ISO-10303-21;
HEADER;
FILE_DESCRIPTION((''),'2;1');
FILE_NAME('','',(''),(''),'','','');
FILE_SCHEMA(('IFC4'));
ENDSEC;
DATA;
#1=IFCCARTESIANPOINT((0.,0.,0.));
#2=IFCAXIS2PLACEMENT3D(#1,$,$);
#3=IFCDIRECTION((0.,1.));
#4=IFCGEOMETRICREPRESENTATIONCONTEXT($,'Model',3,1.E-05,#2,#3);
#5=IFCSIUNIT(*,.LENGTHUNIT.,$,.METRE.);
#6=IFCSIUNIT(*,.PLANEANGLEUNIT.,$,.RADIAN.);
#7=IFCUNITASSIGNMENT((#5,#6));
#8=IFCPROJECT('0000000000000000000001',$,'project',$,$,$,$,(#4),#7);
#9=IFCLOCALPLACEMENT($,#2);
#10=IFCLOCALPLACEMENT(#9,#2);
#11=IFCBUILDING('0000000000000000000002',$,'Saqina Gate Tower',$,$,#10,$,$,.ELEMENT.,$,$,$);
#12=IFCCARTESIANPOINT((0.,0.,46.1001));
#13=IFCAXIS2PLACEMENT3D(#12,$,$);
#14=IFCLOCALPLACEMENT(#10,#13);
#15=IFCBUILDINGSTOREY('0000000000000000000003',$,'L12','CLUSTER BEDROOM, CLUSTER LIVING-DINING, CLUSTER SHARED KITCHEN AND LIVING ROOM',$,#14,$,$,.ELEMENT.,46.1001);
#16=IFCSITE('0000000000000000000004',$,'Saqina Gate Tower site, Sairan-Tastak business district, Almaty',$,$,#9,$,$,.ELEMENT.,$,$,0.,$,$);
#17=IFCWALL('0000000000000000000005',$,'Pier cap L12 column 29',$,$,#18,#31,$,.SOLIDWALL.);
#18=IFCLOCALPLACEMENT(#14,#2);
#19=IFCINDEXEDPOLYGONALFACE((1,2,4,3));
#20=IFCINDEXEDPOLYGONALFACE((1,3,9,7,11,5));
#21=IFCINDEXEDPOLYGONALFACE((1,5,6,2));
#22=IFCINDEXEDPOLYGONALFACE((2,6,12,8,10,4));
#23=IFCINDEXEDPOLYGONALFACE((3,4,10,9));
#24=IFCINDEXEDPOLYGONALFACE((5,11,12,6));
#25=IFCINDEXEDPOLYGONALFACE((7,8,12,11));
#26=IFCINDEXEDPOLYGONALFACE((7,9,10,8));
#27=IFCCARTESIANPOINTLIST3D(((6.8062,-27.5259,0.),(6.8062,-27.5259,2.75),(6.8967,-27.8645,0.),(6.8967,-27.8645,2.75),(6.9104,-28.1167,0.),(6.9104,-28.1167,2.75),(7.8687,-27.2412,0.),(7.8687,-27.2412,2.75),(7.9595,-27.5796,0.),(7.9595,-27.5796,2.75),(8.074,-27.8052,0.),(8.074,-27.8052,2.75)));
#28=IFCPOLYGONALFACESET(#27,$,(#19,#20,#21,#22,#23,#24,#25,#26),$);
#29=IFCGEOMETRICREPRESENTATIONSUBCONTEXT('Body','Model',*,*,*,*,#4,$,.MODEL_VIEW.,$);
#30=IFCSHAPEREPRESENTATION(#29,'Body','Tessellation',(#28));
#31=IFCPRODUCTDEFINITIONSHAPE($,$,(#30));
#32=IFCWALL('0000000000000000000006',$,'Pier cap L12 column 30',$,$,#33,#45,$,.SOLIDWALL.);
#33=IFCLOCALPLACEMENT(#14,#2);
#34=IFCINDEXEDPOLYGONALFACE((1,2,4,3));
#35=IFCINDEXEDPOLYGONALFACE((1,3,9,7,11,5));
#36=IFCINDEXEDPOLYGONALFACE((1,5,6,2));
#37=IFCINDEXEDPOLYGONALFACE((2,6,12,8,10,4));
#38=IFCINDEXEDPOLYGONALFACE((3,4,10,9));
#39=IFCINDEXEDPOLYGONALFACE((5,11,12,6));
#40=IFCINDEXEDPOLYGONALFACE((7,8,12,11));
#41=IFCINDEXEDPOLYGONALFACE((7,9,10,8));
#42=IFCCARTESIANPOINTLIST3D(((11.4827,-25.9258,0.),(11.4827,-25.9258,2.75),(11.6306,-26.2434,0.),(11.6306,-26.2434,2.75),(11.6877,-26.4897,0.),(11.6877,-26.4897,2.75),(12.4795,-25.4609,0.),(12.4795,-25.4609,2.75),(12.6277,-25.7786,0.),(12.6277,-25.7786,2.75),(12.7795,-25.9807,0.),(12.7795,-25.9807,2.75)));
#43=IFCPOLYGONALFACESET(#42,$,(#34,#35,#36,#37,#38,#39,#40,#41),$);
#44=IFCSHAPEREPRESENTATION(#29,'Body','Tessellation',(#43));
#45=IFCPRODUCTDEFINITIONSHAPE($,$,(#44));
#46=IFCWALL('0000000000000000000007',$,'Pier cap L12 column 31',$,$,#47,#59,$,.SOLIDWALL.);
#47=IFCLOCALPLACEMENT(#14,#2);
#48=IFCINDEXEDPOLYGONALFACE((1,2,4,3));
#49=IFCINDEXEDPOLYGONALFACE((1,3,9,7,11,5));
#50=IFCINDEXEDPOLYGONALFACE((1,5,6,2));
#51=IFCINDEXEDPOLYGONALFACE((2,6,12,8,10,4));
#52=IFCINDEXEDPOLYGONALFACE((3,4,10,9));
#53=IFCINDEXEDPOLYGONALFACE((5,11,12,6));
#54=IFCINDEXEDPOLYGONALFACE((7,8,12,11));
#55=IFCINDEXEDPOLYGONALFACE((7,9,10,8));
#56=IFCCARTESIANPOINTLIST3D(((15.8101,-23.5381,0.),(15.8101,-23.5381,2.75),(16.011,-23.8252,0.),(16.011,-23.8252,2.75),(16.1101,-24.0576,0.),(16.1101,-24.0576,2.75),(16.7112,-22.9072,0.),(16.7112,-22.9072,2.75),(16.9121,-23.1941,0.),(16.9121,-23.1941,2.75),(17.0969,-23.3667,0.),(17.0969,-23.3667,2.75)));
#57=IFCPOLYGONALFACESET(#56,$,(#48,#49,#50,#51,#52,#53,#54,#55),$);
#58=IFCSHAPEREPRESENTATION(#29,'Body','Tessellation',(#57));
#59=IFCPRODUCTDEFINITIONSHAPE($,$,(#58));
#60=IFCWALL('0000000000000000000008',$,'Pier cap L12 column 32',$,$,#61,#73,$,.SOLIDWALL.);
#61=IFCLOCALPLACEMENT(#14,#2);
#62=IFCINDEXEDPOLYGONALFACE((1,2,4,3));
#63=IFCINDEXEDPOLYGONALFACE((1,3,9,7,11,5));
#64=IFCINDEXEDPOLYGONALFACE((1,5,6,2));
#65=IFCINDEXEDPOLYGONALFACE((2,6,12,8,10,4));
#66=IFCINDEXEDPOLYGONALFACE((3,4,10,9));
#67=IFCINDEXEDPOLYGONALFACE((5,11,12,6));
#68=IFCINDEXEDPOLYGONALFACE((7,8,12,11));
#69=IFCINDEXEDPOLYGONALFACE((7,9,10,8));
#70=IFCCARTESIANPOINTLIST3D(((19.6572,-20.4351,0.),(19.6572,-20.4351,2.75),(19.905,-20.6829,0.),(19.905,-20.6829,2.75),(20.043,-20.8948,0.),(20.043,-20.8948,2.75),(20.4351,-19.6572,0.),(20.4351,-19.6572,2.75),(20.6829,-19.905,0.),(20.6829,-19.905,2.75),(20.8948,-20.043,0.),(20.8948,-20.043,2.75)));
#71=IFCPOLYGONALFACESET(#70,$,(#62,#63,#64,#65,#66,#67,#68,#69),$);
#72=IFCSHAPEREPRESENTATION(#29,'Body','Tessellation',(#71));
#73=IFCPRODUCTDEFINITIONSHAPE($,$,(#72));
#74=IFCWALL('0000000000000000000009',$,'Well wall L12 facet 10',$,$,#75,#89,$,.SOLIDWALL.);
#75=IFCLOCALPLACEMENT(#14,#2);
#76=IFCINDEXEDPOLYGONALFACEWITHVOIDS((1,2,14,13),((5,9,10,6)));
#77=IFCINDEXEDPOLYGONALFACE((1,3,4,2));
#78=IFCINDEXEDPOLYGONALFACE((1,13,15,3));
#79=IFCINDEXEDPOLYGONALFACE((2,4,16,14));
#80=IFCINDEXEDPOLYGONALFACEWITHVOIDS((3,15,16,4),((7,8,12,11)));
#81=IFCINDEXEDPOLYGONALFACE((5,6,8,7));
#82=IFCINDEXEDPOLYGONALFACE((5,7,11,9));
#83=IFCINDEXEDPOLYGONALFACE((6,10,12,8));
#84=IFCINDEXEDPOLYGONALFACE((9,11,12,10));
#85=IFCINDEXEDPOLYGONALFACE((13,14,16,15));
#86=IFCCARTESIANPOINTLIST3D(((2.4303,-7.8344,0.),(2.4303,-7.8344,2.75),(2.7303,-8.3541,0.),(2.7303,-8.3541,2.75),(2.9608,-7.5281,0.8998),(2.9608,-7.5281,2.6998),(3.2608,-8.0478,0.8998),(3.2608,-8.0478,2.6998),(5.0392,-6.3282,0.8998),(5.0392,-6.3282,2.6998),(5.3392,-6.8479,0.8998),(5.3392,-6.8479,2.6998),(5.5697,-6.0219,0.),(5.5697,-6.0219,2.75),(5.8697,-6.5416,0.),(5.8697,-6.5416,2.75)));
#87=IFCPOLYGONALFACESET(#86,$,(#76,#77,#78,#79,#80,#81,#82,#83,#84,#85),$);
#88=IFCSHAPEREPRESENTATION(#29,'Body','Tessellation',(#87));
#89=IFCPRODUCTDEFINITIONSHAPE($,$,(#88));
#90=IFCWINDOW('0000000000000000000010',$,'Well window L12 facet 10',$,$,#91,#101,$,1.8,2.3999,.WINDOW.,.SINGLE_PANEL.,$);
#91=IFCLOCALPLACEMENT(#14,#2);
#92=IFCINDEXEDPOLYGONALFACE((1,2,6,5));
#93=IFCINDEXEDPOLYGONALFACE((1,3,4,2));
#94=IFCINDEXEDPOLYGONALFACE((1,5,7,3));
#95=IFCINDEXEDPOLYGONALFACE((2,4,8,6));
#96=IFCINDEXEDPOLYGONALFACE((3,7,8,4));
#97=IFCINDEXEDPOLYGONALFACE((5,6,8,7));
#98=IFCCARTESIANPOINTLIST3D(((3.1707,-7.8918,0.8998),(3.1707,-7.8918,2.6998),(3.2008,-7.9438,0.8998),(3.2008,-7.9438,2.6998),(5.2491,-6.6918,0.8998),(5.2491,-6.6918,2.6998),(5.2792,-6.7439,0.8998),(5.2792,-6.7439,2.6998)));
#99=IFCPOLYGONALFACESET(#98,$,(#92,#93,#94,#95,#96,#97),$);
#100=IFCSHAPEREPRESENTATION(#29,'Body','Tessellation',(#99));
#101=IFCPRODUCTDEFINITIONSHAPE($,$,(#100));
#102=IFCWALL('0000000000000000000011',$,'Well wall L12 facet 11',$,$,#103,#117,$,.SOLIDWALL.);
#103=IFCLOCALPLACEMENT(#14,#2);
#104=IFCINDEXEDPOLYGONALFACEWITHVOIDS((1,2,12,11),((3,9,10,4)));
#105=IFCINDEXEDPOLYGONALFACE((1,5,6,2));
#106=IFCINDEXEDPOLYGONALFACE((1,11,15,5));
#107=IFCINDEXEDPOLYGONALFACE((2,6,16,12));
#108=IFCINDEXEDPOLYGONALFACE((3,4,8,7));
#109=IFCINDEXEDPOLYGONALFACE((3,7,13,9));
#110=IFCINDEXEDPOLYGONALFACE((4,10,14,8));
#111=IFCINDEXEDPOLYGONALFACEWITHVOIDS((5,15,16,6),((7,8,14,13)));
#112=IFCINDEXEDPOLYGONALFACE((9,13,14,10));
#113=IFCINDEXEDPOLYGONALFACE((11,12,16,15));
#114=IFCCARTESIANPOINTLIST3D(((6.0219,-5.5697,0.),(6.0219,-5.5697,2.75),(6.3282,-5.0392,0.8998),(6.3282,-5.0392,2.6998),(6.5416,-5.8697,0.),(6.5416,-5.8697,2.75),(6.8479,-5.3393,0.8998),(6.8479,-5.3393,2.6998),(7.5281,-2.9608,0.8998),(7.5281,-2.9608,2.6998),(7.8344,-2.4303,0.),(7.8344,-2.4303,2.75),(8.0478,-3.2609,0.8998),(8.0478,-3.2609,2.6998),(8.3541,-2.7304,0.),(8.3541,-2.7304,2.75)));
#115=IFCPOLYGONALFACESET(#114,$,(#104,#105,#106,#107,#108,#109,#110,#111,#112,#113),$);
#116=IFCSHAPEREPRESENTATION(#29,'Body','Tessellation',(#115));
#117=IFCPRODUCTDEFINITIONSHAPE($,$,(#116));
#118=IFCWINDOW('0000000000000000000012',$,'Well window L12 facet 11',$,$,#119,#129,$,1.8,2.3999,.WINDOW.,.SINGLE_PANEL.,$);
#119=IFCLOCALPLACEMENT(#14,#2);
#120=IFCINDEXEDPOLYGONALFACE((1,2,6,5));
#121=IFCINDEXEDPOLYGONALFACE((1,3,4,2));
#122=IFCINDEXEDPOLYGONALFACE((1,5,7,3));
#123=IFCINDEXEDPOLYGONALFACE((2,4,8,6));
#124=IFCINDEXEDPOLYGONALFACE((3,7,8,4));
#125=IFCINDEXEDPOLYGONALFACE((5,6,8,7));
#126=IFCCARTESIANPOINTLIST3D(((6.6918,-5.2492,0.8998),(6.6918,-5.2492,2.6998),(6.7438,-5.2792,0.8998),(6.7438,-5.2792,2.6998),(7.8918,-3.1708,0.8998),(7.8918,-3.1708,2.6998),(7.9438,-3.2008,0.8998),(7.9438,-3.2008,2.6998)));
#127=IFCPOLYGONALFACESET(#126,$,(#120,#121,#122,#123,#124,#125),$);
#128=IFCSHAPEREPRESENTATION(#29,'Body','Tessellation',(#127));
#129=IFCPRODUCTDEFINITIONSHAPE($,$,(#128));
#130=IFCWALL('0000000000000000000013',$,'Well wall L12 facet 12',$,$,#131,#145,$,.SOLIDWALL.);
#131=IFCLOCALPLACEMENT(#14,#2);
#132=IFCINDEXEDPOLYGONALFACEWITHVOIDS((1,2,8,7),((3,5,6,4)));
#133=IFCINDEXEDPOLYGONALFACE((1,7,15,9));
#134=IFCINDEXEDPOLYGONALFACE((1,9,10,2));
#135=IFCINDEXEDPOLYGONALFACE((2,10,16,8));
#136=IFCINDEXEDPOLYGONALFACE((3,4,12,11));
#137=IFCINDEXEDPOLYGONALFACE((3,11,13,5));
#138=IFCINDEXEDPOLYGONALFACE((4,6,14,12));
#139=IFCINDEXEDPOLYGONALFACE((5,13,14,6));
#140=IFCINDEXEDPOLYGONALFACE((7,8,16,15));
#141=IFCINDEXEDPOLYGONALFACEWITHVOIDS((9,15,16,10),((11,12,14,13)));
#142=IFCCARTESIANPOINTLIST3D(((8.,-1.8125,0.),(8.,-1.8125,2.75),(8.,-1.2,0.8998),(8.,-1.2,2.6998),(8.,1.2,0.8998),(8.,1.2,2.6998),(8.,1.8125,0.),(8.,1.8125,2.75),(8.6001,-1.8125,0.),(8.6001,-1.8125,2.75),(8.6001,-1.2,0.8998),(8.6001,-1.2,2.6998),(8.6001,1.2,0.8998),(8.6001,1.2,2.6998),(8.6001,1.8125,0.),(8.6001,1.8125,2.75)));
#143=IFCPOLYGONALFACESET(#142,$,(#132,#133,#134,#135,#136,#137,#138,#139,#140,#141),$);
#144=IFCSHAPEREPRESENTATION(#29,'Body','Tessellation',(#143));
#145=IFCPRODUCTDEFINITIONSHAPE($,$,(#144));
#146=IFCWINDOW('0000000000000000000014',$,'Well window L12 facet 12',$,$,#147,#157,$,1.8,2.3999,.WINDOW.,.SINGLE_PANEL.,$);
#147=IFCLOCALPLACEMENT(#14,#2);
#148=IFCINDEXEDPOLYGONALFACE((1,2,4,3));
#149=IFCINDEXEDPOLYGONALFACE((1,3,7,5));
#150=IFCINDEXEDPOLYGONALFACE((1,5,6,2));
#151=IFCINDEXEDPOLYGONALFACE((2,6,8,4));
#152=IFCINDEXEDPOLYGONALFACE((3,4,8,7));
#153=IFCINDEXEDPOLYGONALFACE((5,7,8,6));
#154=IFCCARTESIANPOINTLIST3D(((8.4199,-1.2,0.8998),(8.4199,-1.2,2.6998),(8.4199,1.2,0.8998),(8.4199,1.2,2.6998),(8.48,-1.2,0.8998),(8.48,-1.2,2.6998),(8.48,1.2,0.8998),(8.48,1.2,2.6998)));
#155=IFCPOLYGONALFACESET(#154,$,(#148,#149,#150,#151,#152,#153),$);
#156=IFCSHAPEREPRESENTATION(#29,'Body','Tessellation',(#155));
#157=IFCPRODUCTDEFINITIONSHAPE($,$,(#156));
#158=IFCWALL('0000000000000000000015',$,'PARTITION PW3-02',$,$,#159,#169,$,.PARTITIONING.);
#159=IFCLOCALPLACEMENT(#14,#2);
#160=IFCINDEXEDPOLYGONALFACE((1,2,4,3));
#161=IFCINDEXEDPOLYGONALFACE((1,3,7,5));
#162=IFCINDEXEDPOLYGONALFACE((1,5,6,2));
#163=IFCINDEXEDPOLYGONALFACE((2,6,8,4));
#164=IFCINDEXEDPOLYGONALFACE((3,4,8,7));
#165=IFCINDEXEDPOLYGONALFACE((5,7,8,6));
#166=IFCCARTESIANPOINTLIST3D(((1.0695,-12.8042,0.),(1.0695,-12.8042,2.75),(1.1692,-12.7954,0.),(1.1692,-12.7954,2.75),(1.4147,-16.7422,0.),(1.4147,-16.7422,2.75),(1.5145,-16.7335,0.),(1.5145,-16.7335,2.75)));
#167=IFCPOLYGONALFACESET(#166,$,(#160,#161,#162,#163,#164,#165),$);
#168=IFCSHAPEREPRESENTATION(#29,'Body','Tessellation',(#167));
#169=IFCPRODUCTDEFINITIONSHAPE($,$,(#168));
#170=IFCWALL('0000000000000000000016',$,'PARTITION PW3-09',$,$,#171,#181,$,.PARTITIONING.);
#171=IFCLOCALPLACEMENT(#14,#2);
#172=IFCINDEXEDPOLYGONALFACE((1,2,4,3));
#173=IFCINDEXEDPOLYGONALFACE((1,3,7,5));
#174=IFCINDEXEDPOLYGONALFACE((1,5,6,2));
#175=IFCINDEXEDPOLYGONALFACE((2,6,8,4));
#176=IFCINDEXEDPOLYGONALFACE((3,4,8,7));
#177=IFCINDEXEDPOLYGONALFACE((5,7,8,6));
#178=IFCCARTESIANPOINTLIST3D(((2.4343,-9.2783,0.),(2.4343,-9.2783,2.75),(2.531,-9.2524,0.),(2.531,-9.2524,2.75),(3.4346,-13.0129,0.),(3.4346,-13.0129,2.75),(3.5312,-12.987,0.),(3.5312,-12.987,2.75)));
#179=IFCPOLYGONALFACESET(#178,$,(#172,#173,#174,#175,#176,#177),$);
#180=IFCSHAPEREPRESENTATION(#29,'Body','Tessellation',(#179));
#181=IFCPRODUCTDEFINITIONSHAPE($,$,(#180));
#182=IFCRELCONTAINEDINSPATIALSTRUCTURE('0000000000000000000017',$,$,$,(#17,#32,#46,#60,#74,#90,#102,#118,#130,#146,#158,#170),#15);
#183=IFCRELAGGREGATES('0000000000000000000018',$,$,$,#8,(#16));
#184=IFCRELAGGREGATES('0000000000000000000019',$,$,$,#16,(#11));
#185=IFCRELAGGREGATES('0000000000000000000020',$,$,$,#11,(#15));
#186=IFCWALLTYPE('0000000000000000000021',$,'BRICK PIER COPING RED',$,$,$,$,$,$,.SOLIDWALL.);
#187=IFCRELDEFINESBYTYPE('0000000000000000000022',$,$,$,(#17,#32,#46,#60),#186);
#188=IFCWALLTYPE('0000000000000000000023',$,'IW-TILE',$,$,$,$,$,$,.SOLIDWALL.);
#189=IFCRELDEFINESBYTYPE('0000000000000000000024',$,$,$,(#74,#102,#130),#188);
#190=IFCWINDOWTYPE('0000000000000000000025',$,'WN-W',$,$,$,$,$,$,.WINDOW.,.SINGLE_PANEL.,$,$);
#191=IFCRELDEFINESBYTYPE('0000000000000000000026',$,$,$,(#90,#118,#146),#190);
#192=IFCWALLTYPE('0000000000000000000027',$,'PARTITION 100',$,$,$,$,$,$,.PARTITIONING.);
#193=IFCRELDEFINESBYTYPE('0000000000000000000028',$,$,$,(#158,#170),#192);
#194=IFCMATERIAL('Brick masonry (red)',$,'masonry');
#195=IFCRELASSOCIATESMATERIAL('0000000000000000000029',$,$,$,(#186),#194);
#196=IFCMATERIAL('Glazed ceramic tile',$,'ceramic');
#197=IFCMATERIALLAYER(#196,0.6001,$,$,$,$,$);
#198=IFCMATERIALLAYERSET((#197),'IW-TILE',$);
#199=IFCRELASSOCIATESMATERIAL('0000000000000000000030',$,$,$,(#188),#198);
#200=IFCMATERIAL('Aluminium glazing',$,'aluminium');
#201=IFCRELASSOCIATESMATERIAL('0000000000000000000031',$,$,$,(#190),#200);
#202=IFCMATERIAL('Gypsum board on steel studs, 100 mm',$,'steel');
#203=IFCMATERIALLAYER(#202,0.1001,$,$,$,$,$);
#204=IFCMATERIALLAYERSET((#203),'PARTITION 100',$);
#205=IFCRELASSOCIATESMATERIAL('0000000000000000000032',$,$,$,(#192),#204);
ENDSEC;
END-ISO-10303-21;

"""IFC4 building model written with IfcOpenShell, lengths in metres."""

from ifc_helpers import new_model, si_unit, direction, frame, frame_2d, origin, place, context, subcontext, project, spatial, polyline, rectangle, outline, extrude, material, layer, layer_set, type_object, element, fill, save


model = new_model("IFC4")

# Units and contexts
model_context = context("Model", 3, precision=1e-05, world=origin(), true_north=direction((0.0, 1.0)))
body_context = subcontext(model_context, "Body", "Model", "MODEL_VIEW")
ifc_project = project(units=[si_unit("LENGTHUNIT", "METRE"), si_unit("PLANEANGLEUNIT", "RADIAN")], contexts=[model_context])

# Site, building, storey
site_placement = place(None, origin())
site = spatial("IfcSite", under=ifc_project, at=site_placement, Name="Saqina Gate Tower site, Sairan-Tastak business district, Almaty", CompositionType="ELEMENT", RefElevation=0.0)
building_placement = place(site_placement, origin())
building = spatial("IfcBuilding", under=site, at=building_placement, Name="Saqina Gate Tower", CompositionType="ELEMENT")
storey_placement = place(building_placement, frame((0.0, 0.0, 46.1001)))
storey = spatial("IfcBuildingStorey", under=building, at=storey_placement, Name="L12", Description="CLUSTER BEDROOM, CLUSTER LIVING-DINING, CLUSTER SHARED KITCHEN AND LIVING ROOM", CompositionType="ELEMENT", Elevation=46.1001)

# Walls
ifc_material_1 = material(Name="Brick masonry (red)", Category="masonry")
wall_type_1 = type_object("IfcWallType", Name="BRICK PIER COPING RED", PredefinedType="SOLIDWALL", material=ifc_material_1)
wall_1_placement = place(storey_placement, origin())
element("IfcWall", 1, at=wall_1_placement, inside=storey, type_object=wall_type_1, Name="Pier cap L12 column 29", PredefinedType="SOLIDWALL", context=body_context, shape_type="SweptSolid", body=[
    extrude(outline(polyline([(6.9104, -28.1167), (8.074, -27.8052), (7.8687, -27.2412), (7.9595, -27.5796), (6.8967, -27.8645), (6.8062, -27.5259), (6.9104, -28.1167)])), origin(), (0.0, 0.0, 1.0), 2.75),
])
wall_2_placement = place(storey_placement, origin())
element("IfcWall", 2, at=wall_2_placement, inside=storey, type_object=wall_type_1, Name="Pier cap L12 column 30", PredefinedType="SOLIDWALL", context=body_context, shape_type="SweptSolid", body=[
    extrude(outline(polyline([(12.7795, -25.9807), (12.4795, -25.4609), (12.6277, -25.7786), (11.6306, -26.2434), (11.4827, -25.9258), (11.6877, -26.4897), (12.7795, -25.9807)])), origin(), (0.0, 0.0, 1.0), 2.75),
])
wall_3_placement = place(storey_placement, origin())
element("IfcWall", 3, at=wall_3_placement, inside=storey, type_object=wall_type_1, Name="Pier cap L12 column 31", PredefinedType="SOLIDWALL", context=body_context, shape_type="SweptSolid", body=[
    extrude(outline(polyline([(16.1101, -24.0576), (17.0969, -23.3667), (16.7112, -22.9072), (16.9121, -23.1941), (16.011, -23.8252), (15.8101, -23.5381), (16.1101, -24.0576)])), origin(), (0.0, 0.0, 1.0), 2.75),
])
wall_4_placement = place(storey_placement, origin())
element("IfcWall", 4, at=wall_4_placement, inside=storey, type_object=wall_type_1, Name="Pier cap L12 column 32", PredefinedType="SOLIDWALL", context=body_context, shape_type="SweptSolid", body=[
    extrude(outline(polyline([(20.8948, -20.043), (20.4351, -19.6572), (20.6829, -19.905), (19.905, -20.6829), (19.6572, -20.4351), (20.043, -20.8948), (20.8948, -20.043)])), origin(), (0.0, 0.0, 1.0), 2.75),
])

# Walls, openings, windows
ifc_material_2 = material(Name="Glazed ceramic tile", Category="ceramic")
ifc_layer_1 = layer(ifc_material_2, 0.6001)
ifc_layer_set_1 = layer_set([ifc_layer_1], Name="IW-TILE")
wall_type_2 = type_object("IfcWallType", Name="IW-TILE", PredefinedType="SOLIDWALL", material=ifc_layer_set_1)
wall_5_placement = place(storey_placement, frame((2.5803, -8.0942, 0.0), z_axis=(0.0, 0.0, 1.0), x_axis=(0.86603, 0.499993, 0.0)))
wall_5 = element("IfcWall", 5, at=wall_5_placement, inside=storey, type_object=wall_type_2, Name="Well wall L12 facet 10", PredefinedType="SOLIDWALL", context=body_context, shape_type="SweptSolid", body=[
    extrude(rectangle(XDim=3.625, YDim=0.6001, at=frame_2d((1.8125, 0.0))), origin(), (0.0, 0.0, 1.0), 2.75),
])
opening_1_placement = place(wall_5_placement, frame((0.6125, 0.0, 0.8999)))
opening_1 = element("IfcOpeningElement", 6, at=opening_1_placement, cuts=wall_5, PredefinedType="OPENING", context=body_context, shape_type="SweptSolid", body=[
    extrude(rectangle(XDim=2.3999, YDim=1.8, at=frame_2d((1.2, 0.8999))), frame((0.0, 0.312, 0.0), z_axis=(0.0, -1.0, 0.0), x_axis=(1.0, 0.0, 0.0)), (0.0, 0.0, 1.0), 0.624),
])
ifc_material_3 = material(Name="Aluminium glazing", Category="aluminium")
window_type = type_object("IfcWindowType", Name="WN-W", PartitioningType="SINGLE_PANEL", PredefinedType="WINDOW", material=ifc_material_3)
window_1_placement = place(opening_1_placement, origin())
window_1 = element("IfcWindow", 7, at=window_1_placement, inside=storey, type_object=window_type, Name="Well window L12 facet 10", OverallHeight=1.8, OverallWidth=2.3999, PartitioningType="SINGLE_PANEL", PredefinedType="WINDOW", context=body_context, shape_type="SweptSolid", body=[
    extrude(rectangle(XDim=2.3999, YDim=1.8, at=frame_2d((1.2, 0.8999))), frame((0.0, -0.1199, 0.0), z_axis=(0.0, -1.0, 0.0), x_axis=(1.0, 0.0, 0.0)), (0.0, 0.0, 1.0), 0.0601),
])
fill(opening_1, window_1)
wall_6_placement = place(storey_placement, frame((6.2817, -5.7197, 0.0), z_axis=(0.0, 0.0, 1.0), x_axis=(0.499993, 0.86603, 0.0)))
wall_6 = element("IfcWall", 8, at=wall_6_placement, inside=storey, type_object=wall_type_2, Name="Well wall L12 facet 11", PredefinedType="SOLIDWALL", context=body_context, shape_type="SweptSolid", body=[
    extrude(rectangle(XDim=3.625, YDim=0.6001, at=frame_2d((1.8125, 0.0))), origin(), (0.0, 0.0, 1.0), 2.75),
])
opening_2_placement = place(wall_6_placement, frame((0.6125, 0.0, 0.8999)))
opening_2 = element("IfcOpeningElement", 9, at=opening_2_placement, cuts=wall_6, PredefinedType="OPENING", context=body_context, shape_type="SweptSolid", body=[
    extrude(rectangle(XDim=2.3999, YDim=1.8, at=frame_2d((1.2, 0.8999))), frame((0.0, 0.312, 0.0), z_axis=(0.0, -1.0, 0.0), x_axis=(1.0, 0.0, 0.0)), (0.0, 0.0, 1.0), 0.624),
])
window_2_placement = place(opening_2_placement, origin())
window_2 = element("IfcWindow", 10, at=window_2_placement, inside=storey, type_object=window_type, Name="Well window L12 facet 11", OverallHeight=1.8, OverallWidth=2.3999, PartitioningType="SINGLE_PANEL", PredefinedType="WINDOW", context=body_context, shape_type="SweptSolid", body=[
    extrude(rectangle(XDim=2.3999, YDim=1.8, at=frame_2d((1.2, 0.8999))), frame((0.0, -0.1199, 0.0), z_axis=(0.0, -1.0, 0.0), x_axis=(1.0, 0.0, 0.0)), (0.0, 0.0, 1.0), 0.0601),
])
fill(opening_2, window_2)
wall_7_placement = place(storey_placement, frame((8.3, -1.8125, 0.0), z_axis=(0.0, 0.0, 1.0), x_axis=(0.0, 1.0, 0.0)))
wall_7 = element("IfcWall", 11, at=wall_7_placement, inside=storey, type_object=wall_type_2, Name="Well wall L12 facet 12", PredefinedType="SOLIDWALL", context=body_context, shape_type="SweptSolid", body=[
    extrude(rectangle(XDim=3.625, YDim=0.6001, at=frame_2d((1.8125, 0.0))), origin(), (0.0, 0.0, 1.0), 2.75),
])
opening_3_placement = place(wall_7_placement, frame((0.6125, 0.0, 0.8999)))
opening_3 = element("IfcOpeningElement", 12, at=opening_3_placement, cuts=wall_7, PredefinedType="OPENING", context=body_context, shape_type="SweptSolid", body=[
    extrude(rectangle(XDim=2.3999, YDim=1.8, at=frame_2d((1.2, 0.8999))), frame((0.0, 0.312, 0.0), z_axis=(0.0, -1.0, 0.0), x_axis=(1.0, 0.0, 0.0)), (0.0, 0.0, 1.0), 0.624),
])
window_3_placement = place(opening_3_placement, origin())
window_3 = element("IfcWindow", 13, at=window_3_placement, inside=storey, type_object=window_type, Name="Well window L12 facet 12", OverallHeight=1.8, OverallWidth=2.3999, PartitioningType="SINGLE_PANEL", PredefinedType="WINDOW", context=body_context, shape_type="SweptSolid", body=[
    extrude(rectangle(XDim=2.3999, YDim=1.8, at=frame_2d((1.2, 0.8999))), frame((0.0, -0.1199, 0.0), z_axis=(0.0, -1.0, 0.0), x_axis=(1.0, 0.0, 0.0)), (0.0, 0.0, 1.0), 0.0601),
])
fill(opening_3, window_3)

# Walls
ifc_material_4 = material(Name="Gypsum board on steel studs, 100 mm", Category="steel")
ifc_layer_2 = layer(ifc_material_4, 0.1001)
ifc_layer_set_2 = layer_set([ifc_layer_2], Name="PARTITION 100")
wall_type_3 = type_object("IfcWallType", Name="PARTITION 100", PredefinedType="PARTITIONING", material=ifc_layer_set_2)
wall_8_placement = place(storey_placement, frame((1.1194, -12.7998, 0.0), z_axis=(0.0, 0.0, 1.0), x_axis=(0.087328, -0.99618, 0.0)))
element("IfcWall", 14, at=wall_8_placement, inside=storey, type_object=wall_type_3, Name="PARTITION PW3-02", PredefinedType="PARTITIONING", context=body_context, shape_type="SweptSolid", body=[
    extrude(rectangle(XDim=3.9531, YDim=0.1001, at=frame_2d((1.9766, 0.0))), origin(), (0.0, 0.0, 1.0), 2.75),
])
wall_9_placement = place(storey_placement, frame((2.4827, -9.2654, 0.0), z_axis=(0.0, 0.0, 1.0), x_axis=(0.258712, -0.965955, 0.0)))
element("IfcWall", 15, at=wall_9_placement, inside=storey, type_object=wall_type_3, Name="PARTITION PW3-09", PredefinedType="PARTITIONING", context=body_context, shape_type="SweptSolid", body=[
    extrude(rectangle(XDim=3.8662, YDim=0.1001, at=frame_2d((1.9331, 0.0))), origin(), (0.0, 0.0, 1.0), 2.75),
])

save(model, "model.ifc")
